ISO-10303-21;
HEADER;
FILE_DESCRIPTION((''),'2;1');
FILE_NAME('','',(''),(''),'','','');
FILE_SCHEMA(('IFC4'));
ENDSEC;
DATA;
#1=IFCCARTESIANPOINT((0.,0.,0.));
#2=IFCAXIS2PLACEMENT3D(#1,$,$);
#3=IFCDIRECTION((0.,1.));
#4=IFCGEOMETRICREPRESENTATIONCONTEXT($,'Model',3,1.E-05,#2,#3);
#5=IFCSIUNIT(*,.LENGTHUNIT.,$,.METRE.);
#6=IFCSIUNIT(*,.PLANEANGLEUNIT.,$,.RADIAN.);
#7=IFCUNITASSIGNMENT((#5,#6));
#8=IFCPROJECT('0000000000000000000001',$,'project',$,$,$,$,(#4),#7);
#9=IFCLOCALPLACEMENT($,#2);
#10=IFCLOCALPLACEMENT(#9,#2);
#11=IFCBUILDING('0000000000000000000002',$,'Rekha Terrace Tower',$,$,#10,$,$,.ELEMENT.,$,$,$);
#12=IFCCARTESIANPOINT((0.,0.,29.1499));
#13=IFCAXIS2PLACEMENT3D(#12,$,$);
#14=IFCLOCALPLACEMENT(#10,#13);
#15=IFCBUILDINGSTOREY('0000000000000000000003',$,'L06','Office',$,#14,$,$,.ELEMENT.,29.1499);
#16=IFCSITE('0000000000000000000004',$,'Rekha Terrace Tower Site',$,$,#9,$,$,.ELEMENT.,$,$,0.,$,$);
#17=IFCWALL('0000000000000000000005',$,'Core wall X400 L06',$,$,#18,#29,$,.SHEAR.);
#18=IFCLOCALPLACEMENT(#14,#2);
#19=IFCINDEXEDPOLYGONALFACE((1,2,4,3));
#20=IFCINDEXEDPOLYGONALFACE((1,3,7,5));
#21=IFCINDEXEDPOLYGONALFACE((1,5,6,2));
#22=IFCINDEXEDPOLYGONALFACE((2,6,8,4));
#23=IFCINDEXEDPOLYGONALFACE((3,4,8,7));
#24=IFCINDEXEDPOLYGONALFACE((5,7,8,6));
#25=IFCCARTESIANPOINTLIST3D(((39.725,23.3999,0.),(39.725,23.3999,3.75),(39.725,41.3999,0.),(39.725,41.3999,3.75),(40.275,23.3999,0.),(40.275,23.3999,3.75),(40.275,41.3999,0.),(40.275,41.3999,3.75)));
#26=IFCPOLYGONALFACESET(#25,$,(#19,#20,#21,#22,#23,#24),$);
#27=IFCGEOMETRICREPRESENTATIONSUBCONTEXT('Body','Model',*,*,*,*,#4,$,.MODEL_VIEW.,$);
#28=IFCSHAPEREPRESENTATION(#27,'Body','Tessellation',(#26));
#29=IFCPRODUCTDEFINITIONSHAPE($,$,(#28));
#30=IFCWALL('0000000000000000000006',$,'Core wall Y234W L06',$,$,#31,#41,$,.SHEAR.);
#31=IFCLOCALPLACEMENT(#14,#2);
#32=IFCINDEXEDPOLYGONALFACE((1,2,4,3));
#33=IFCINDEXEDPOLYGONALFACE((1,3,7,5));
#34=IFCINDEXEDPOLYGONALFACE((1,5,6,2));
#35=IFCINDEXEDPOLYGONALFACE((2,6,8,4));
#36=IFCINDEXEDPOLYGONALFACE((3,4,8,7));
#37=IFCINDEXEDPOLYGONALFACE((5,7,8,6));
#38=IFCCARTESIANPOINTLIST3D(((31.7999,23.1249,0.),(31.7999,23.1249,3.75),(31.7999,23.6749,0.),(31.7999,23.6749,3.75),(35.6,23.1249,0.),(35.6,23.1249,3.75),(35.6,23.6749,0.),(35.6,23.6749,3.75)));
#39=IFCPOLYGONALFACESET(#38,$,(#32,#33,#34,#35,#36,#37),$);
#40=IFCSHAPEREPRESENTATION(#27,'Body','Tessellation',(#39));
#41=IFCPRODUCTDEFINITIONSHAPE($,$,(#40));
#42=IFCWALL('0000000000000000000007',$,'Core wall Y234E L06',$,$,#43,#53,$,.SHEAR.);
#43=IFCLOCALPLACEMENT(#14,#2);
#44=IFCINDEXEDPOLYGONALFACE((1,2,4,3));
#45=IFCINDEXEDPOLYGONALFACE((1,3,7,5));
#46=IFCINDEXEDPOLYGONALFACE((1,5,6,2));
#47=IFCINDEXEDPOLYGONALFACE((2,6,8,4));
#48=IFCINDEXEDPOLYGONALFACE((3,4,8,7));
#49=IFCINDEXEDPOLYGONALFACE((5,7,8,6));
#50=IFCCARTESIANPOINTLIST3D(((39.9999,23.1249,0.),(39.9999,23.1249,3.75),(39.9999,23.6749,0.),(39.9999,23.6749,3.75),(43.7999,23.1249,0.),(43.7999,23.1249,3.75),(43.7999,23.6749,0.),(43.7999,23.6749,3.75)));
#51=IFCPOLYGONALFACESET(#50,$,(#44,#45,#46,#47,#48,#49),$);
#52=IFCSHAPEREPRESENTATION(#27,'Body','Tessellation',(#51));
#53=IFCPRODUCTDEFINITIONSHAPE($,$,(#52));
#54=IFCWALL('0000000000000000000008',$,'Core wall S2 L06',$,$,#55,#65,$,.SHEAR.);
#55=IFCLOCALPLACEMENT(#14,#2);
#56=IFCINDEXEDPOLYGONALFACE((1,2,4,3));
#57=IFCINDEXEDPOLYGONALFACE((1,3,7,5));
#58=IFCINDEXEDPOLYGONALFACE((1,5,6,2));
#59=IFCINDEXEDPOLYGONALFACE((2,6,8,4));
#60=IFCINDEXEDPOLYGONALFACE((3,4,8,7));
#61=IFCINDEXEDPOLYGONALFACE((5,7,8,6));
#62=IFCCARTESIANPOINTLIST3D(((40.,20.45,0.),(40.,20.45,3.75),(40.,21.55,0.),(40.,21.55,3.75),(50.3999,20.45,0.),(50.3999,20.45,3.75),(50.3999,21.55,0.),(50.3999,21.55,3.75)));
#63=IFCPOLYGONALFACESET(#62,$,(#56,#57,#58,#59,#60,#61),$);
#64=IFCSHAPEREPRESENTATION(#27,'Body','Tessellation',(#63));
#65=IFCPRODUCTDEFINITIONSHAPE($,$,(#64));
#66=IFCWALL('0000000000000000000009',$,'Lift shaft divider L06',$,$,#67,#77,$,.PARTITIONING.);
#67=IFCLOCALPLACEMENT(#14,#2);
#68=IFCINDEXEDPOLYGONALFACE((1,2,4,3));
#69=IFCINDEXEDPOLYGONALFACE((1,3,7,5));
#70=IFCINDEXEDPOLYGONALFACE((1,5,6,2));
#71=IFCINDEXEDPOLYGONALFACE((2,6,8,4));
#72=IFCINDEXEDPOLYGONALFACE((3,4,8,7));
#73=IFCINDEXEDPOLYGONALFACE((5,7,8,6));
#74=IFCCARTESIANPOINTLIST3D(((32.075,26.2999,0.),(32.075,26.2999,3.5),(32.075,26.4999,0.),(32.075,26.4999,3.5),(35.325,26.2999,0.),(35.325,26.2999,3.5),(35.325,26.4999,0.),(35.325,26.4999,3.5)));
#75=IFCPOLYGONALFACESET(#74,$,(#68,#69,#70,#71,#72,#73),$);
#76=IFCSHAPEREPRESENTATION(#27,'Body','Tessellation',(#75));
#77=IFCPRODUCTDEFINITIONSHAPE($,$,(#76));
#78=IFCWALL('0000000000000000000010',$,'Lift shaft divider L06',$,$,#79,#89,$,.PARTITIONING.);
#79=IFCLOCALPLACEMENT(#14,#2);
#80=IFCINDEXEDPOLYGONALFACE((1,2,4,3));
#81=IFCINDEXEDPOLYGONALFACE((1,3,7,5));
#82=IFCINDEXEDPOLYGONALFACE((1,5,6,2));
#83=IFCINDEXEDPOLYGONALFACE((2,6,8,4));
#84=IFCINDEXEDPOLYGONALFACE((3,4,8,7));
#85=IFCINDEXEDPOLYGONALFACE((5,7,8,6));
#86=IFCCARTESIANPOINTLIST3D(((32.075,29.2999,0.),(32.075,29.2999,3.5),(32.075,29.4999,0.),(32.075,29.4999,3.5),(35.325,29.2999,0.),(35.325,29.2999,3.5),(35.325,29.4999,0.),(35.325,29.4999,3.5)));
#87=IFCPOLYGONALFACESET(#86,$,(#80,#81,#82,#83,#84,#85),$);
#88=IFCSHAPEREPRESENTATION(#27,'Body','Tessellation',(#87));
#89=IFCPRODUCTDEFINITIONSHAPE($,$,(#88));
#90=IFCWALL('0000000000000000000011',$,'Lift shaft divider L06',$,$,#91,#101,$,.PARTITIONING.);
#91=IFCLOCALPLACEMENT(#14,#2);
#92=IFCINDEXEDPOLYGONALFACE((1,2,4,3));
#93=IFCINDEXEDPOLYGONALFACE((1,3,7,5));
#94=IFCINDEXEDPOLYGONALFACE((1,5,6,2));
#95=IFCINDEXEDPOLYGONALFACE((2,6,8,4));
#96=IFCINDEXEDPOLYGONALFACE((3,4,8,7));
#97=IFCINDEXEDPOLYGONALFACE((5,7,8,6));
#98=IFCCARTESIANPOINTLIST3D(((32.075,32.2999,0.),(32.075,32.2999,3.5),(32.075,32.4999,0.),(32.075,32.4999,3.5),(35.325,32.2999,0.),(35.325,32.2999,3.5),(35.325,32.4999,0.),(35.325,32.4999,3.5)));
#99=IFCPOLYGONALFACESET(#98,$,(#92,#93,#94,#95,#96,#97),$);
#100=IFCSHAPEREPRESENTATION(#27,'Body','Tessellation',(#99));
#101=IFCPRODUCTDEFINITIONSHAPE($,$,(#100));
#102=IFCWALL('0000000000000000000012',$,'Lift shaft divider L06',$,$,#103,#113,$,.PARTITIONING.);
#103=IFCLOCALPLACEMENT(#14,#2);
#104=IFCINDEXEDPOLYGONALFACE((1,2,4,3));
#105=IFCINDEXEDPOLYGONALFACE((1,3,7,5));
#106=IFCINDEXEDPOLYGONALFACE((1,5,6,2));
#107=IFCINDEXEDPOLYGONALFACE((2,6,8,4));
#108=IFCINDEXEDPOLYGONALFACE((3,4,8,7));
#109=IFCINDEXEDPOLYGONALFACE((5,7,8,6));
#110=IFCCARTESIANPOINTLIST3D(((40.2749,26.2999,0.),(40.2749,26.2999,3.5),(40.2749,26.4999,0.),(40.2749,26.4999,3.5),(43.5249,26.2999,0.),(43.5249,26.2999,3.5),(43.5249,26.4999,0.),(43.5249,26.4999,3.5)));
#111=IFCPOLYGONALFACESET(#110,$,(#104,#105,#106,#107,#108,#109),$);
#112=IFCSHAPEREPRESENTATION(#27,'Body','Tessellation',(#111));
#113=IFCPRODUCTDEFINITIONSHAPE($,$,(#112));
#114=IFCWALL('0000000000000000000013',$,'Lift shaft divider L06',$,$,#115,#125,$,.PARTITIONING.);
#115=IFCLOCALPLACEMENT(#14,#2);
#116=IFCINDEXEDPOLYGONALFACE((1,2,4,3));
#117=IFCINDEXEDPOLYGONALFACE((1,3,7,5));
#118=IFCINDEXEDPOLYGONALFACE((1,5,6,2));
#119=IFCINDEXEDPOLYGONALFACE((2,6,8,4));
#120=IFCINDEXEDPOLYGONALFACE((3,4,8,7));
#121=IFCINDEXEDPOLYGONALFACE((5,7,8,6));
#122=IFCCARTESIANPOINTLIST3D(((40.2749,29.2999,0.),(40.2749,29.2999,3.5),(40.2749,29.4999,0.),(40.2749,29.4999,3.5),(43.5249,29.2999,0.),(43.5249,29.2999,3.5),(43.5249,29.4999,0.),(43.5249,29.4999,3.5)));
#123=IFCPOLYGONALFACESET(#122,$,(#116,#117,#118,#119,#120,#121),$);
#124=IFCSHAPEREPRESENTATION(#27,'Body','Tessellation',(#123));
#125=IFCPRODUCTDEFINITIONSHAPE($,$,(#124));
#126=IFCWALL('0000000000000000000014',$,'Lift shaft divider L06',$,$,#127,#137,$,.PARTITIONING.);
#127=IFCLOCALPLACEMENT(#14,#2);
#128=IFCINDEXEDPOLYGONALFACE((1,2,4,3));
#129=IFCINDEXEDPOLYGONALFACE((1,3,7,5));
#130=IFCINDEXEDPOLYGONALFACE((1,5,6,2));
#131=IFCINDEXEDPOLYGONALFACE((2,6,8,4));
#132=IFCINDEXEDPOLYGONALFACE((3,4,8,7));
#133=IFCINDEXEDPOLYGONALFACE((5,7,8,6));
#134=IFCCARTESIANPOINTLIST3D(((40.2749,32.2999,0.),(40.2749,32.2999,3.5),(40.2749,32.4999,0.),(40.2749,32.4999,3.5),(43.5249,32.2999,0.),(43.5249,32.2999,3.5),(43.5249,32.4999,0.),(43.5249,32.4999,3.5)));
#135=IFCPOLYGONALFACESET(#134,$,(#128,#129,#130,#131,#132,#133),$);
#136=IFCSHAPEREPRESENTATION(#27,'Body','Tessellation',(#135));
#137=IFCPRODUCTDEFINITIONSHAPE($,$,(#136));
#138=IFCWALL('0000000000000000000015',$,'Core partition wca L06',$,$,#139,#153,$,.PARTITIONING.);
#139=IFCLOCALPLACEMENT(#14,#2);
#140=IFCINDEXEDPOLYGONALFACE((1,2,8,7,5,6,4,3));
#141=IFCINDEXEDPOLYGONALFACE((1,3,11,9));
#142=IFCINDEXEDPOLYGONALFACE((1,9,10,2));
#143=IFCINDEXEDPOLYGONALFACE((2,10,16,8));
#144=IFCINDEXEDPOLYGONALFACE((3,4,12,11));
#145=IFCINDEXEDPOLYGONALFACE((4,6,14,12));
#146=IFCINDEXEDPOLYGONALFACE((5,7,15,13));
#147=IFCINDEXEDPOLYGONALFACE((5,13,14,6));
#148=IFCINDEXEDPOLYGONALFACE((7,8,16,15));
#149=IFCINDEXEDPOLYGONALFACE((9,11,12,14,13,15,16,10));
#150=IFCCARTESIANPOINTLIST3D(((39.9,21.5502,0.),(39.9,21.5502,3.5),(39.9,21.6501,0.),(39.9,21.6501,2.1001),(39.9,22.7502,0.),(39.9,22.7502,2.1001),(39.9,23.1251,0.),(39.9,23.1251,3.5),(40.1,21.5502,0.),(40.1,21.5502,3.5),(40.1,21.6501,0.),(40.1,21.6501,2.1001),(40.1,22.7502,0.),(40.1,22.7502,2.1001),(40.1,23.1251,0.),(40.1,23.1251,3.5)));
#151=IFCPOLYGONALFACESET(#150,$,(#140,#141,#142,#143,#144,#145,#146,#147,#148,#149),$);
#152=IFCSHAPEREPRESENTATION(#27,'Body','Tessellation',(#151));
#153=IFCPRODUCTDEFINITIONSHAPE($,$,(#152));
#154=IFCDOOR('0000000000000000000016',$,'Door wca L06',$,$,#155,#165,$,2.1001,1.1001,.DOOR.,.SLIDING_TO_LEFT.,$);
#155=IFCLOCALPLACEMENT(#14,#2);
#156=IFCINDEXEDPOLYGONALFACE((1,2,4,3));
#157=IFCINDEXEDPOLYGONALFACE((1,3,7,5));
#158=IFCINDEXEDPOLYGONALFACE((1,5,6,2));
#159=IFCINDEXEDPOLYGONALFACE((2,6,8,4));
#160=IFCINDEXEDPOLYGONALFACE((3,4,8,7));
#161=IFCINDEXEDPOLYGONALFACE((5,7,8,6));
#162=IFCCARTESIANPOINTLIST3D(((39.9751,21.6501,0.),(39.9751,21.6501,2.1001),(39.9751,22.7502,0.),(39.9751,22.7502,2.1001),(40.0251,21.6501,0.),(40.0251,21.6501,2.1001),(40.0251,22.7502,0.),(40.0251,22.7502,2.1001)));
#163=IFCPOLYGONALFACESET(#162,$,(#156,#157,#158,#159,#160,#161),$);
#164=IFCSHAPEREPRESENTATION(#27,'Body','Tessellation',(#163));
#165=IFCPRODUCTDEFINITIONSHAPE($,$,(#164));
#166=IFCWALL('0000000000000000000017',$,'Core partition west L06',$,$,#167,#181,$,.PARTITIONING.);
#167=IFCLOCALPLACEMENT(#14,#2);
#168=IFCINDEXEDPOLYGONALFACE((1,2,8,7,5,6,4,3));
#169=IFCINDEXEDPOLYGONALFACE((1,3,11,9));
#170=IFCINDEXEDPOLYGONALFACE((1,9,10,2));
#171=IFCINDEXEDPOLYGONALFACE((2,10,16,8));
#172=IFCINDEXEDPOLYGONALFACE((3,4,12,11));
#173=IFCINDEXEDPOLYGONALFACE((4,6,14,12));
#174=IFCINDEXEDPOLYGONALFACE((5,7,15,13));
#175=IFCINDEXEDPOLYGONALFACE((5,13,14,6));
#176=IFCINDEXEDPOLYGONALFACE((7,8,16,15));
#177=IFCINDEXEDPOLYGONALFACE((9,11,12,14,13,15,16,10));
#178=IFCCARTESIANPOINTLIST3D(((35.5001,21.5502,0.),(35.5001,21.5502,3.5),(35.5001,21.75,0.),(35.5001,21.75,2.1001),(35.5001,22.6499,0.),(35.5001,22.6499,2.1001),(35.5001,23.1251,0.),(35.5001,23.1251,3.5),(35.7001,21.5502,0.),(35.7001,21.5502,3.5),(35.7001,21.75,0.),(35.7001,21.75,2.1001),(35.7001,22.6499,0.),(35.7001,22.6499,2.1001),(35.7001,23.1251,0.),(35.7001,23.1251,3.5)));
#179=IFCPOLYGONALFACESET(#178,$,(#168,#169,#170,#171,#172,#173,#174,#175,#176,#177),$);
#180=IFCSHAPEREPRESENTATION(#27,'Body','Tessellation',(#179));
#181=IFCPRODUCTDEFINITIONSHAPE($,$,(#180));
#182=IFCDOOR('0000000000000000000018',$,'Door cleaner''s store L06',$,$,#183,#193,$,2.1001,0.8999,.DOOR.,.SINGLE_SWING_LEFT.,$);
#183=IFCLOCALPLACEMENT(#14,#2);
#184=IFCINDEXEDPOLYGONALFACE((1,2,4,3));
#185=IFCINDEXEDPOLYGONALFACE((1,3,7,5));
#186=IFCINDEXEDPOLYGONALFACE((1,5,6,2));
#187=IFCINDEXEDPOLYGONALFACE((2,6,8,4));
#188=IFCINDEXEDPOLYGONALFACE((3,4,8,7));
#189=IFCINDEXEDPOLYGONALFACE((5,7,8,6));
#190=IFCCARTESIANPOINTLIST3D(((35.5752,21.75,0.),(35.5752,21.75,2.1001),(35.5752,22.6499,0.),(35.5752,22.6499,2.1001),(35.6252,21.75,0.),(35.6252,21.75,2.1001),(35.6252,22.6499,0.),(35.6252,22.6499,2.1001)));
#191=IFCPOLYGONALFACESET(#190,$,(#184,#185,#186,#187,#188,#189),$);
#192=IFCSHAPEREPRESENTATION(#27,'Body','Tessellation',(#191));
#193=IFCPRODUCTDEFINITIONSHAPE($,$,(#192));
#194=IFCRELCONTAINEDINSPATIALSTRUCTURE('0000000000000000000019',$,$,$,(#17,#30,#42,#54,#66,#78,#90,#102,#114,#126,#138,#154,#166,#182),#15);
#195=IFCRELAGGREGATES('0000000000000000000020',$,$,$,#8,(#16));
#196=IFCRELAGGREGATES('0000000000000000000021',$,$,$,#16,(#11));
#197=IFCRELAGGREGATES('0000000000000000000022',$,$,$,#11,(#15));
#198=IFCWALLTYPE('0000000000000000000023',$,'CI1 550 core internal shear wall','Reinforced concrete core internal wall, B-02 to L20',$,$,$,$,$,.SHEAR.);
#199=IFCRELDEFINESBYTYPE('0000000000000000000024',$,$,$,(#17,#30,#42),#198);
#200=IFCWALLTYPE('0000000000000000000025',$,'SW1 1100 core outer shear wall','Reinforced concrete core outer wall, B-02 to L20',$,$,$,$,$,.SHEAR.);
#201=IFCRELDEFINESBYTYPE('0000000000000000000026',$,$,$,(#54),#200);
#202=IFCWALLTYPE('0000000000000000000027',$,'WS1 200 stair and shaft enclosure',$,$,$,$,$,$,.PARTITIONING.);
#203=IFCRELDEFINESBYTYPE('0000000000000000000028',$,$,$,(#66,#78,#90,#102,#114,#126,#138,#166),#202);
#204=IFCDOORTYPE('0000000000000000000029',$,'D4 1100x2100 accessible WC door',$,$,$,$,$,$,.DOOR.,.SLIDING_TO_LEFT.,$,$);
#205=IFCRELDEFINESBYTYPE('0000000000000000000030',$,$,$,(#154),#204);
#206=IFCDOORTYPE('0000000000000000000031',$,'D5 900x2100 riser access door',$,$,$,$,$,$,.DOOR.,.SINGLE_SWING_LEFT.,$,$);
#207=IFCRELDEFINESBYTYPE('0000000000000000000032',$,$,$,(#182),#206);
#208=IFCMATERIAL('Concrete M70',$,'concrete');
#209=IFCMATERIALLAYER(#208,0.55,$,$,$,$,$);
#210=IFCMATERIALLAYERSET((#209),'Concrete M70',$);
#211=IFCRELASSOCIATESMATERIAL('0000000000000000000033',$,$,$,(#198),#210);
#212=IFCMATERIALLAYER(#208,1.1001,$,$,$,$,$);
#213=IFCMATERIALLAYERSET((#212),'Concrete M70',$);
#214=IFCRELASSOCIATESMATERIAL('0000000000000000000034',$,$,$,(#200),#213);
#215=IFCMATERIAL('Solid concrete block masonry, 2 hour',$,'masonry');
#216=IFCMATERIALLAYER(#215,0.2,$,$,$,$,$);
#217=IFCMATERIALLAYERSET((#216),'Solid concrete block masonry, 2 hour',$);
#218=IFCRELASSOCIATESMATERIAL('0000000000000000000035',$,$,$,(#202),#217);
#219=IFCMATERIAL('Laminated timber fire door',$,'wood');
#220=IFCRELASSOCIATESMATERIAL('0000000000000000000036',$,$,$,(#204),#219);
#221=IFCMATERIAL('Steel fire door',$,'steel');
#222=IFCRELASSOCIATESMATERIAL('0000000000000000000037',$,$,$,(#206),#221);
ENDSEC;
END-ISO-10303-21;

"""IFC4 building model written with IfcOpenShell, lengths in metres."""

from ifc_helpers import new_model, si_unit, direction, frame, frame_2d, origin, place, context, subcontext, project, spatial, rectangle, extrude, material, layer, layer_set, type_object, element, fill, save


model = new_model("IFC4")

# Units and contexts
model_context = context("Model", 3, precision=1e-05, world=origin(), true_north=direction((0.0, 1.0)))
body_context = subcontext(model_context, "Body", "Model", "MODEL_VIEW")
ifc_project = project(units=[si_unit("LENGTHUNIT", "METRE"), si_unit("PLANEANGLEUNIT", "RADIAN")], contexts=[model_context])

# Site, building, storey
site_placement = place(None, origin())
site = spatial("IfcSite", under=ifc_project, at=site_placement, Name="Rekha Terrace Tower Site", CompositionType="ELEMENT", RefElevation=0.0)
building_placement = place(site_placement, origin())
building = spatial("IfcBuilding", under=site, at=building_placement, Name="Rekha Terrace Tower", CompositionType="ELEMENT")
storey_placement = place(building_placement, frame((0.0, 0.0, 29.1499)))
storey = spatial("IfcBuildingStorey", under=building, at=storey_placement, Name="L06", Description="Office", CompositionType="ELEMENT", Elevation=29.1499)

# Shared definitions
ifc_material_1 = material(Name="Concrete M70", Category="concrete")

# Shared definitions
ifc_layer_1 = layer(ifc_material_1, 0.55)
ifc_layer_set_1 = layer_set([ifc_layer_1], Name="Concrete M70")
wall_type_1 = type_object("IfcWallType", Name="CI1 550 core internal shear wall", Description="Reinforced concrete core internal wall, B-02 to L20", PredefinedType="SHEAR", material=ifc_layer_set_1)

# Walls
wall_1_placement = place(storey_placement, frame((40.0, 23.3999, 0.0), z_axis=(0.0, 0.0, 1.0), x_axis=(0.0, 1.0, 0.0)))
element("IfcWall", 1, at=wall_1_placement, inside=storey, type_object=wall_type_1, Name="Core wall X400 L06", PredefinedType="SHEAR", context=body_context, shape_type="SweptSolid", body=[
    extrude(rectangle(XDim=18.0, YDim=0.55, at=frame_2d((9.0, 0.0))), origin(), (0.0, 0.0, 1.0), 3.75),
])
for number, where, z_axis, x_axis, name in (
    (2, (31.8, 23.3999, 0.0), (0.0, 0.0, 1.0), (1.0, 0.0, 0.0), "Core wall Y234W L06"),
    (3, (40.0, 23.3999, 0.0), (0.0, 0.0, 1.0), (1.0, 0.0, 0.0), "Core wall Y234E L06"),
):
    element("IfcWall", number, at=place(storey_placement, frame(where, z_axis=z_axis, x_axis=x_axis)), inside=storey, type_object=wall_type_1, Name=name, PredefinedType="SHEAR", context=body_context, shape_type="SweptSolid", body=[
        extrude(rectangle(XDim=3.8, YDim=0.55, at=frame_2d((1.8999, 0.0))), origin(), (0.0, 0.0, 1.0), 3.75),
    ])
ifc_layer_2 = layer(ifc_material_1, 1.1001)
ifc_layer_set_2 = layer_set([ifc_layer_2], Name="Concrete M70")
wall_type_2 = type_object("IfcWallType", Name="SW1 1100 core outer shear wall", Description="Reinforced concrete core outer wall, B-02 to L20", PredefinedType="SHEAR", material=ifc_layer_set_2)
wall_2_placement = place(storey_placement, frame((40.0, 21.0, 0.0), z_axis=(0.0, 0.0, 1.0), x_axis=(1.0, 0.0, 0.0)))
element("IfcWall", 4, at=wall_2_placement, inside=storey, type_object=wall_type_2, Name="Core wall S2 L06", PredefinedType="SHEAR", context=body_context, shape_type="SweptSolid", body=[
    extrude(rectangle(XDim=10.3999, YDim=1.1001, at=frame_2d((5.2, 0.0))), origin(), (0.0, 0.0, 1.0), 3.75),
])
ifc_material_2 = material(Name="Solid concrete block masonry, 2 hour", Category="masonry")
ifc_layer_3 = layer(ifc_material_2, 0.2)
ifc_layer_set_3 = layer_set([ifc_layer_3], Name="Solid concrete block masonry, 2 hour")
wall_type_3 = type_object("IfcWallType", Name="WS1 200 stair and shaft enclosure", PredefinedType="PARTITIONING", material=ifc_layer_set_3)
for number, where, z_axis, x_axis, name in (
    (5, (32.075, 26.3999, 0.0), (0.0, 0.0, 1.0), (1.0, 0.0, 0.0), "Lift shaft divider L06"),
    (6, (32.075, 29.3999, 0.0), (0.0, 0.0, 1.0), (1.0, 0.0, 0.0), "Lift shaft divider L06"),
    (7, (32.075, 32.3999, 0.0), (0.0, 0.0, 1.0), (1.0, 0.0, 0.0), "Lift shaft divider L06"),
    (8, (40.2749, 26.3999, 0.0), (0.0, 0.0, 1.0), (1.0, 0.0, 0.0), "Lift shaft divider L06"),
    (9, (40.2749, 29.3999, 0.0), (0.0, 0.0, 1.0), (1.0, 0.0, 0.0), "Lift shaft divider L06"),
    (10, (40.2749, 32.3999, 0.0), (0.0, 0.0, 1.0), (1.0, 0.0, 0.0), "Lift shaft divider L06"),
):
    element("IfcWall", number, at=place(storey_placement, frame(where, z_axis=z_axis, x_axis=x_axis)), inside=storey, type_object=wall_type_3, Name=name, PredefinedType="PARTITIONING", context=body_context, shape_type="SweptSolid", body=[
        extrude(rectangle(XDim=3.25, YDim=0.2, at=frame_2d((1.625, 0.0))), origin(), (0.0, 0.0, 1.0), 3.5),
    ])

# Walls, openings, doors
wall_3_placement = place(storey_placement, frame((40.0, 21.55, 0.0), z_axis=(0.0, 0.0, 1.0), x_axis=(0.0, 1.0, 0.0)))
wall_3 = element("IfcWall", 11, at=wall_3_placement, inside=storey, type_object=wall_type_3, Name="Core partition wca L06", PredefinedType="PARTITIONING", context=body_context, shape_type="SweptSolid", body=[
    extrude(rectangle(XDim=1.575, YDim=0.2, at=frame_2d((0.7876, 0.0))), origin(), (0.0, 0.0, 1.0), 3.5),
])
opening_1_placement = place(wall_3_placement, frame((0.1001, 0.0, 0.0)))
opening_1 = element("IfcOpeningElement", 12, at=opening_1_placement, cuts=wall_3, PredefinedType="OPENING", context=body_context, shape_type="SweptSolid", body=[
    extrude(rectangle(XDim=1.1001, YDim=2.1001, at=frame_2d((0.55, 1.05))), frame((0.0, 0.1099, 0.0), z_axis=(0.0, -1.0, 0.0), x_axis=(1.0, 0.0, 0.0)), (0.0, 0.0, 1.0), 0.22),
])
ifc_material_3 = material(Name="Laminated timber fire door", Category="wood")
door_type_1 = type_object("IfcDoorType", Name="D4 1100x2100 accessible WC door", OperationType="SLIDING_TO_LEFT", PredefinedType="DOOR", material=ifc_material_3)
door_1_placement = place(opening_1_placement, origin())
door_1 = element("IfcDoor", 13, at=door_1_placement, inside=storey, type_object=door_type_1, Name="Door wca L06", OperationType="SLIDING_TO_LEFT", OverallHeight=2.1001, OverallWidth=1.1001, PredefinedType="DOOR", context=body_context, shape_type="SweptSolid", body=[
    extrude(rectangle(XDim=1.1001, YDim=2.1001, at=frame_2d((0.55, 1.05))), frame((0.0, 0.0249, 0.0), z_axis=(0.0, -1.0, 0.0), x_axis=(1.0, 0.0, 0.0)), (0.0, 0.0, 1.0), 0.05),
])
fill(opening_1, door_1)
wall_4_placement = place(storey_placement, frame((35.6001, 21.55, 0.0), z_axis=(0.0, 0.0, 1.0), x_axis=(0.0, 1.0, 0.0)))
wall_4 = element("IfcWall", 14, at=wall_4_placement, inside=storey, type_object=wall_type_3, Name="Core partition west L06", PredefinedType="PARTITIONING", context=body_context, shape_type="SweptSolid", body=[
    extrude(rectangle(XDim=1.575, YDim=0.2, at=frame_2d((0.7876, 0.0))), origin(), (0.0, 0.0, 1.0), 3.5),
])
opening_2_placement = place(wall_4_placement, frame((0.2, 0.0, 0.0)))
opening_2 = element("IfcOpeningElement", 15, at=opening_2_placement, cuts=wall_4, PredefinedType="OPENING", context=body_context, shape_type="SweptSolid", body=[
    extrude(rectangle(XDim=0.8999, YDim=2.1001, at=frame_2d((0.45, 1.05))), frame((0.0, 0.1099, 0.0), z_axis=(0.0, -1.0, 0.0), x_axis=(1.0, 0.0, 0.0)), (0.0, 0.0, 1.0), 0.22),
])
ifc_material_4 = material(Name="Steel fire door", Category="steel")
door_type_2 = type_object("IfcDoorType", Name="D5 900x2100 riser access door", OperationType="SINGLE_SWING_LEFT", PredefinedType="DOOR", material=ifc_material_4)
door_2_placement = place(opening_2_placement, origin())
door_2 = element("IfcDoor", 16, at=door_2_placement, inside=storey, type_object=door_type_2, Name="Door cleaner's store L06", OperationType="SINGLE_SWING_LEFT", OverallHeight=2.1001, OverallWidth=0.8999, PredefinedType="DOOR", context=body_context, shape_type="SweptSolid", body=[
    extrude(rectangle(XDim=0.8999, YDim=2.1001, at=frame_2d((0.45, 1.05))), frame((0.0, 0.0249, 0.0), z_axis=(0.0, -1.0, 0.0), x_axis=(1.0, 0.0, 0.0)), (0.0, 0.0, 1.0), 0.05),
])
fill(opening_2, door_2)

save(model, "model.ifc")
